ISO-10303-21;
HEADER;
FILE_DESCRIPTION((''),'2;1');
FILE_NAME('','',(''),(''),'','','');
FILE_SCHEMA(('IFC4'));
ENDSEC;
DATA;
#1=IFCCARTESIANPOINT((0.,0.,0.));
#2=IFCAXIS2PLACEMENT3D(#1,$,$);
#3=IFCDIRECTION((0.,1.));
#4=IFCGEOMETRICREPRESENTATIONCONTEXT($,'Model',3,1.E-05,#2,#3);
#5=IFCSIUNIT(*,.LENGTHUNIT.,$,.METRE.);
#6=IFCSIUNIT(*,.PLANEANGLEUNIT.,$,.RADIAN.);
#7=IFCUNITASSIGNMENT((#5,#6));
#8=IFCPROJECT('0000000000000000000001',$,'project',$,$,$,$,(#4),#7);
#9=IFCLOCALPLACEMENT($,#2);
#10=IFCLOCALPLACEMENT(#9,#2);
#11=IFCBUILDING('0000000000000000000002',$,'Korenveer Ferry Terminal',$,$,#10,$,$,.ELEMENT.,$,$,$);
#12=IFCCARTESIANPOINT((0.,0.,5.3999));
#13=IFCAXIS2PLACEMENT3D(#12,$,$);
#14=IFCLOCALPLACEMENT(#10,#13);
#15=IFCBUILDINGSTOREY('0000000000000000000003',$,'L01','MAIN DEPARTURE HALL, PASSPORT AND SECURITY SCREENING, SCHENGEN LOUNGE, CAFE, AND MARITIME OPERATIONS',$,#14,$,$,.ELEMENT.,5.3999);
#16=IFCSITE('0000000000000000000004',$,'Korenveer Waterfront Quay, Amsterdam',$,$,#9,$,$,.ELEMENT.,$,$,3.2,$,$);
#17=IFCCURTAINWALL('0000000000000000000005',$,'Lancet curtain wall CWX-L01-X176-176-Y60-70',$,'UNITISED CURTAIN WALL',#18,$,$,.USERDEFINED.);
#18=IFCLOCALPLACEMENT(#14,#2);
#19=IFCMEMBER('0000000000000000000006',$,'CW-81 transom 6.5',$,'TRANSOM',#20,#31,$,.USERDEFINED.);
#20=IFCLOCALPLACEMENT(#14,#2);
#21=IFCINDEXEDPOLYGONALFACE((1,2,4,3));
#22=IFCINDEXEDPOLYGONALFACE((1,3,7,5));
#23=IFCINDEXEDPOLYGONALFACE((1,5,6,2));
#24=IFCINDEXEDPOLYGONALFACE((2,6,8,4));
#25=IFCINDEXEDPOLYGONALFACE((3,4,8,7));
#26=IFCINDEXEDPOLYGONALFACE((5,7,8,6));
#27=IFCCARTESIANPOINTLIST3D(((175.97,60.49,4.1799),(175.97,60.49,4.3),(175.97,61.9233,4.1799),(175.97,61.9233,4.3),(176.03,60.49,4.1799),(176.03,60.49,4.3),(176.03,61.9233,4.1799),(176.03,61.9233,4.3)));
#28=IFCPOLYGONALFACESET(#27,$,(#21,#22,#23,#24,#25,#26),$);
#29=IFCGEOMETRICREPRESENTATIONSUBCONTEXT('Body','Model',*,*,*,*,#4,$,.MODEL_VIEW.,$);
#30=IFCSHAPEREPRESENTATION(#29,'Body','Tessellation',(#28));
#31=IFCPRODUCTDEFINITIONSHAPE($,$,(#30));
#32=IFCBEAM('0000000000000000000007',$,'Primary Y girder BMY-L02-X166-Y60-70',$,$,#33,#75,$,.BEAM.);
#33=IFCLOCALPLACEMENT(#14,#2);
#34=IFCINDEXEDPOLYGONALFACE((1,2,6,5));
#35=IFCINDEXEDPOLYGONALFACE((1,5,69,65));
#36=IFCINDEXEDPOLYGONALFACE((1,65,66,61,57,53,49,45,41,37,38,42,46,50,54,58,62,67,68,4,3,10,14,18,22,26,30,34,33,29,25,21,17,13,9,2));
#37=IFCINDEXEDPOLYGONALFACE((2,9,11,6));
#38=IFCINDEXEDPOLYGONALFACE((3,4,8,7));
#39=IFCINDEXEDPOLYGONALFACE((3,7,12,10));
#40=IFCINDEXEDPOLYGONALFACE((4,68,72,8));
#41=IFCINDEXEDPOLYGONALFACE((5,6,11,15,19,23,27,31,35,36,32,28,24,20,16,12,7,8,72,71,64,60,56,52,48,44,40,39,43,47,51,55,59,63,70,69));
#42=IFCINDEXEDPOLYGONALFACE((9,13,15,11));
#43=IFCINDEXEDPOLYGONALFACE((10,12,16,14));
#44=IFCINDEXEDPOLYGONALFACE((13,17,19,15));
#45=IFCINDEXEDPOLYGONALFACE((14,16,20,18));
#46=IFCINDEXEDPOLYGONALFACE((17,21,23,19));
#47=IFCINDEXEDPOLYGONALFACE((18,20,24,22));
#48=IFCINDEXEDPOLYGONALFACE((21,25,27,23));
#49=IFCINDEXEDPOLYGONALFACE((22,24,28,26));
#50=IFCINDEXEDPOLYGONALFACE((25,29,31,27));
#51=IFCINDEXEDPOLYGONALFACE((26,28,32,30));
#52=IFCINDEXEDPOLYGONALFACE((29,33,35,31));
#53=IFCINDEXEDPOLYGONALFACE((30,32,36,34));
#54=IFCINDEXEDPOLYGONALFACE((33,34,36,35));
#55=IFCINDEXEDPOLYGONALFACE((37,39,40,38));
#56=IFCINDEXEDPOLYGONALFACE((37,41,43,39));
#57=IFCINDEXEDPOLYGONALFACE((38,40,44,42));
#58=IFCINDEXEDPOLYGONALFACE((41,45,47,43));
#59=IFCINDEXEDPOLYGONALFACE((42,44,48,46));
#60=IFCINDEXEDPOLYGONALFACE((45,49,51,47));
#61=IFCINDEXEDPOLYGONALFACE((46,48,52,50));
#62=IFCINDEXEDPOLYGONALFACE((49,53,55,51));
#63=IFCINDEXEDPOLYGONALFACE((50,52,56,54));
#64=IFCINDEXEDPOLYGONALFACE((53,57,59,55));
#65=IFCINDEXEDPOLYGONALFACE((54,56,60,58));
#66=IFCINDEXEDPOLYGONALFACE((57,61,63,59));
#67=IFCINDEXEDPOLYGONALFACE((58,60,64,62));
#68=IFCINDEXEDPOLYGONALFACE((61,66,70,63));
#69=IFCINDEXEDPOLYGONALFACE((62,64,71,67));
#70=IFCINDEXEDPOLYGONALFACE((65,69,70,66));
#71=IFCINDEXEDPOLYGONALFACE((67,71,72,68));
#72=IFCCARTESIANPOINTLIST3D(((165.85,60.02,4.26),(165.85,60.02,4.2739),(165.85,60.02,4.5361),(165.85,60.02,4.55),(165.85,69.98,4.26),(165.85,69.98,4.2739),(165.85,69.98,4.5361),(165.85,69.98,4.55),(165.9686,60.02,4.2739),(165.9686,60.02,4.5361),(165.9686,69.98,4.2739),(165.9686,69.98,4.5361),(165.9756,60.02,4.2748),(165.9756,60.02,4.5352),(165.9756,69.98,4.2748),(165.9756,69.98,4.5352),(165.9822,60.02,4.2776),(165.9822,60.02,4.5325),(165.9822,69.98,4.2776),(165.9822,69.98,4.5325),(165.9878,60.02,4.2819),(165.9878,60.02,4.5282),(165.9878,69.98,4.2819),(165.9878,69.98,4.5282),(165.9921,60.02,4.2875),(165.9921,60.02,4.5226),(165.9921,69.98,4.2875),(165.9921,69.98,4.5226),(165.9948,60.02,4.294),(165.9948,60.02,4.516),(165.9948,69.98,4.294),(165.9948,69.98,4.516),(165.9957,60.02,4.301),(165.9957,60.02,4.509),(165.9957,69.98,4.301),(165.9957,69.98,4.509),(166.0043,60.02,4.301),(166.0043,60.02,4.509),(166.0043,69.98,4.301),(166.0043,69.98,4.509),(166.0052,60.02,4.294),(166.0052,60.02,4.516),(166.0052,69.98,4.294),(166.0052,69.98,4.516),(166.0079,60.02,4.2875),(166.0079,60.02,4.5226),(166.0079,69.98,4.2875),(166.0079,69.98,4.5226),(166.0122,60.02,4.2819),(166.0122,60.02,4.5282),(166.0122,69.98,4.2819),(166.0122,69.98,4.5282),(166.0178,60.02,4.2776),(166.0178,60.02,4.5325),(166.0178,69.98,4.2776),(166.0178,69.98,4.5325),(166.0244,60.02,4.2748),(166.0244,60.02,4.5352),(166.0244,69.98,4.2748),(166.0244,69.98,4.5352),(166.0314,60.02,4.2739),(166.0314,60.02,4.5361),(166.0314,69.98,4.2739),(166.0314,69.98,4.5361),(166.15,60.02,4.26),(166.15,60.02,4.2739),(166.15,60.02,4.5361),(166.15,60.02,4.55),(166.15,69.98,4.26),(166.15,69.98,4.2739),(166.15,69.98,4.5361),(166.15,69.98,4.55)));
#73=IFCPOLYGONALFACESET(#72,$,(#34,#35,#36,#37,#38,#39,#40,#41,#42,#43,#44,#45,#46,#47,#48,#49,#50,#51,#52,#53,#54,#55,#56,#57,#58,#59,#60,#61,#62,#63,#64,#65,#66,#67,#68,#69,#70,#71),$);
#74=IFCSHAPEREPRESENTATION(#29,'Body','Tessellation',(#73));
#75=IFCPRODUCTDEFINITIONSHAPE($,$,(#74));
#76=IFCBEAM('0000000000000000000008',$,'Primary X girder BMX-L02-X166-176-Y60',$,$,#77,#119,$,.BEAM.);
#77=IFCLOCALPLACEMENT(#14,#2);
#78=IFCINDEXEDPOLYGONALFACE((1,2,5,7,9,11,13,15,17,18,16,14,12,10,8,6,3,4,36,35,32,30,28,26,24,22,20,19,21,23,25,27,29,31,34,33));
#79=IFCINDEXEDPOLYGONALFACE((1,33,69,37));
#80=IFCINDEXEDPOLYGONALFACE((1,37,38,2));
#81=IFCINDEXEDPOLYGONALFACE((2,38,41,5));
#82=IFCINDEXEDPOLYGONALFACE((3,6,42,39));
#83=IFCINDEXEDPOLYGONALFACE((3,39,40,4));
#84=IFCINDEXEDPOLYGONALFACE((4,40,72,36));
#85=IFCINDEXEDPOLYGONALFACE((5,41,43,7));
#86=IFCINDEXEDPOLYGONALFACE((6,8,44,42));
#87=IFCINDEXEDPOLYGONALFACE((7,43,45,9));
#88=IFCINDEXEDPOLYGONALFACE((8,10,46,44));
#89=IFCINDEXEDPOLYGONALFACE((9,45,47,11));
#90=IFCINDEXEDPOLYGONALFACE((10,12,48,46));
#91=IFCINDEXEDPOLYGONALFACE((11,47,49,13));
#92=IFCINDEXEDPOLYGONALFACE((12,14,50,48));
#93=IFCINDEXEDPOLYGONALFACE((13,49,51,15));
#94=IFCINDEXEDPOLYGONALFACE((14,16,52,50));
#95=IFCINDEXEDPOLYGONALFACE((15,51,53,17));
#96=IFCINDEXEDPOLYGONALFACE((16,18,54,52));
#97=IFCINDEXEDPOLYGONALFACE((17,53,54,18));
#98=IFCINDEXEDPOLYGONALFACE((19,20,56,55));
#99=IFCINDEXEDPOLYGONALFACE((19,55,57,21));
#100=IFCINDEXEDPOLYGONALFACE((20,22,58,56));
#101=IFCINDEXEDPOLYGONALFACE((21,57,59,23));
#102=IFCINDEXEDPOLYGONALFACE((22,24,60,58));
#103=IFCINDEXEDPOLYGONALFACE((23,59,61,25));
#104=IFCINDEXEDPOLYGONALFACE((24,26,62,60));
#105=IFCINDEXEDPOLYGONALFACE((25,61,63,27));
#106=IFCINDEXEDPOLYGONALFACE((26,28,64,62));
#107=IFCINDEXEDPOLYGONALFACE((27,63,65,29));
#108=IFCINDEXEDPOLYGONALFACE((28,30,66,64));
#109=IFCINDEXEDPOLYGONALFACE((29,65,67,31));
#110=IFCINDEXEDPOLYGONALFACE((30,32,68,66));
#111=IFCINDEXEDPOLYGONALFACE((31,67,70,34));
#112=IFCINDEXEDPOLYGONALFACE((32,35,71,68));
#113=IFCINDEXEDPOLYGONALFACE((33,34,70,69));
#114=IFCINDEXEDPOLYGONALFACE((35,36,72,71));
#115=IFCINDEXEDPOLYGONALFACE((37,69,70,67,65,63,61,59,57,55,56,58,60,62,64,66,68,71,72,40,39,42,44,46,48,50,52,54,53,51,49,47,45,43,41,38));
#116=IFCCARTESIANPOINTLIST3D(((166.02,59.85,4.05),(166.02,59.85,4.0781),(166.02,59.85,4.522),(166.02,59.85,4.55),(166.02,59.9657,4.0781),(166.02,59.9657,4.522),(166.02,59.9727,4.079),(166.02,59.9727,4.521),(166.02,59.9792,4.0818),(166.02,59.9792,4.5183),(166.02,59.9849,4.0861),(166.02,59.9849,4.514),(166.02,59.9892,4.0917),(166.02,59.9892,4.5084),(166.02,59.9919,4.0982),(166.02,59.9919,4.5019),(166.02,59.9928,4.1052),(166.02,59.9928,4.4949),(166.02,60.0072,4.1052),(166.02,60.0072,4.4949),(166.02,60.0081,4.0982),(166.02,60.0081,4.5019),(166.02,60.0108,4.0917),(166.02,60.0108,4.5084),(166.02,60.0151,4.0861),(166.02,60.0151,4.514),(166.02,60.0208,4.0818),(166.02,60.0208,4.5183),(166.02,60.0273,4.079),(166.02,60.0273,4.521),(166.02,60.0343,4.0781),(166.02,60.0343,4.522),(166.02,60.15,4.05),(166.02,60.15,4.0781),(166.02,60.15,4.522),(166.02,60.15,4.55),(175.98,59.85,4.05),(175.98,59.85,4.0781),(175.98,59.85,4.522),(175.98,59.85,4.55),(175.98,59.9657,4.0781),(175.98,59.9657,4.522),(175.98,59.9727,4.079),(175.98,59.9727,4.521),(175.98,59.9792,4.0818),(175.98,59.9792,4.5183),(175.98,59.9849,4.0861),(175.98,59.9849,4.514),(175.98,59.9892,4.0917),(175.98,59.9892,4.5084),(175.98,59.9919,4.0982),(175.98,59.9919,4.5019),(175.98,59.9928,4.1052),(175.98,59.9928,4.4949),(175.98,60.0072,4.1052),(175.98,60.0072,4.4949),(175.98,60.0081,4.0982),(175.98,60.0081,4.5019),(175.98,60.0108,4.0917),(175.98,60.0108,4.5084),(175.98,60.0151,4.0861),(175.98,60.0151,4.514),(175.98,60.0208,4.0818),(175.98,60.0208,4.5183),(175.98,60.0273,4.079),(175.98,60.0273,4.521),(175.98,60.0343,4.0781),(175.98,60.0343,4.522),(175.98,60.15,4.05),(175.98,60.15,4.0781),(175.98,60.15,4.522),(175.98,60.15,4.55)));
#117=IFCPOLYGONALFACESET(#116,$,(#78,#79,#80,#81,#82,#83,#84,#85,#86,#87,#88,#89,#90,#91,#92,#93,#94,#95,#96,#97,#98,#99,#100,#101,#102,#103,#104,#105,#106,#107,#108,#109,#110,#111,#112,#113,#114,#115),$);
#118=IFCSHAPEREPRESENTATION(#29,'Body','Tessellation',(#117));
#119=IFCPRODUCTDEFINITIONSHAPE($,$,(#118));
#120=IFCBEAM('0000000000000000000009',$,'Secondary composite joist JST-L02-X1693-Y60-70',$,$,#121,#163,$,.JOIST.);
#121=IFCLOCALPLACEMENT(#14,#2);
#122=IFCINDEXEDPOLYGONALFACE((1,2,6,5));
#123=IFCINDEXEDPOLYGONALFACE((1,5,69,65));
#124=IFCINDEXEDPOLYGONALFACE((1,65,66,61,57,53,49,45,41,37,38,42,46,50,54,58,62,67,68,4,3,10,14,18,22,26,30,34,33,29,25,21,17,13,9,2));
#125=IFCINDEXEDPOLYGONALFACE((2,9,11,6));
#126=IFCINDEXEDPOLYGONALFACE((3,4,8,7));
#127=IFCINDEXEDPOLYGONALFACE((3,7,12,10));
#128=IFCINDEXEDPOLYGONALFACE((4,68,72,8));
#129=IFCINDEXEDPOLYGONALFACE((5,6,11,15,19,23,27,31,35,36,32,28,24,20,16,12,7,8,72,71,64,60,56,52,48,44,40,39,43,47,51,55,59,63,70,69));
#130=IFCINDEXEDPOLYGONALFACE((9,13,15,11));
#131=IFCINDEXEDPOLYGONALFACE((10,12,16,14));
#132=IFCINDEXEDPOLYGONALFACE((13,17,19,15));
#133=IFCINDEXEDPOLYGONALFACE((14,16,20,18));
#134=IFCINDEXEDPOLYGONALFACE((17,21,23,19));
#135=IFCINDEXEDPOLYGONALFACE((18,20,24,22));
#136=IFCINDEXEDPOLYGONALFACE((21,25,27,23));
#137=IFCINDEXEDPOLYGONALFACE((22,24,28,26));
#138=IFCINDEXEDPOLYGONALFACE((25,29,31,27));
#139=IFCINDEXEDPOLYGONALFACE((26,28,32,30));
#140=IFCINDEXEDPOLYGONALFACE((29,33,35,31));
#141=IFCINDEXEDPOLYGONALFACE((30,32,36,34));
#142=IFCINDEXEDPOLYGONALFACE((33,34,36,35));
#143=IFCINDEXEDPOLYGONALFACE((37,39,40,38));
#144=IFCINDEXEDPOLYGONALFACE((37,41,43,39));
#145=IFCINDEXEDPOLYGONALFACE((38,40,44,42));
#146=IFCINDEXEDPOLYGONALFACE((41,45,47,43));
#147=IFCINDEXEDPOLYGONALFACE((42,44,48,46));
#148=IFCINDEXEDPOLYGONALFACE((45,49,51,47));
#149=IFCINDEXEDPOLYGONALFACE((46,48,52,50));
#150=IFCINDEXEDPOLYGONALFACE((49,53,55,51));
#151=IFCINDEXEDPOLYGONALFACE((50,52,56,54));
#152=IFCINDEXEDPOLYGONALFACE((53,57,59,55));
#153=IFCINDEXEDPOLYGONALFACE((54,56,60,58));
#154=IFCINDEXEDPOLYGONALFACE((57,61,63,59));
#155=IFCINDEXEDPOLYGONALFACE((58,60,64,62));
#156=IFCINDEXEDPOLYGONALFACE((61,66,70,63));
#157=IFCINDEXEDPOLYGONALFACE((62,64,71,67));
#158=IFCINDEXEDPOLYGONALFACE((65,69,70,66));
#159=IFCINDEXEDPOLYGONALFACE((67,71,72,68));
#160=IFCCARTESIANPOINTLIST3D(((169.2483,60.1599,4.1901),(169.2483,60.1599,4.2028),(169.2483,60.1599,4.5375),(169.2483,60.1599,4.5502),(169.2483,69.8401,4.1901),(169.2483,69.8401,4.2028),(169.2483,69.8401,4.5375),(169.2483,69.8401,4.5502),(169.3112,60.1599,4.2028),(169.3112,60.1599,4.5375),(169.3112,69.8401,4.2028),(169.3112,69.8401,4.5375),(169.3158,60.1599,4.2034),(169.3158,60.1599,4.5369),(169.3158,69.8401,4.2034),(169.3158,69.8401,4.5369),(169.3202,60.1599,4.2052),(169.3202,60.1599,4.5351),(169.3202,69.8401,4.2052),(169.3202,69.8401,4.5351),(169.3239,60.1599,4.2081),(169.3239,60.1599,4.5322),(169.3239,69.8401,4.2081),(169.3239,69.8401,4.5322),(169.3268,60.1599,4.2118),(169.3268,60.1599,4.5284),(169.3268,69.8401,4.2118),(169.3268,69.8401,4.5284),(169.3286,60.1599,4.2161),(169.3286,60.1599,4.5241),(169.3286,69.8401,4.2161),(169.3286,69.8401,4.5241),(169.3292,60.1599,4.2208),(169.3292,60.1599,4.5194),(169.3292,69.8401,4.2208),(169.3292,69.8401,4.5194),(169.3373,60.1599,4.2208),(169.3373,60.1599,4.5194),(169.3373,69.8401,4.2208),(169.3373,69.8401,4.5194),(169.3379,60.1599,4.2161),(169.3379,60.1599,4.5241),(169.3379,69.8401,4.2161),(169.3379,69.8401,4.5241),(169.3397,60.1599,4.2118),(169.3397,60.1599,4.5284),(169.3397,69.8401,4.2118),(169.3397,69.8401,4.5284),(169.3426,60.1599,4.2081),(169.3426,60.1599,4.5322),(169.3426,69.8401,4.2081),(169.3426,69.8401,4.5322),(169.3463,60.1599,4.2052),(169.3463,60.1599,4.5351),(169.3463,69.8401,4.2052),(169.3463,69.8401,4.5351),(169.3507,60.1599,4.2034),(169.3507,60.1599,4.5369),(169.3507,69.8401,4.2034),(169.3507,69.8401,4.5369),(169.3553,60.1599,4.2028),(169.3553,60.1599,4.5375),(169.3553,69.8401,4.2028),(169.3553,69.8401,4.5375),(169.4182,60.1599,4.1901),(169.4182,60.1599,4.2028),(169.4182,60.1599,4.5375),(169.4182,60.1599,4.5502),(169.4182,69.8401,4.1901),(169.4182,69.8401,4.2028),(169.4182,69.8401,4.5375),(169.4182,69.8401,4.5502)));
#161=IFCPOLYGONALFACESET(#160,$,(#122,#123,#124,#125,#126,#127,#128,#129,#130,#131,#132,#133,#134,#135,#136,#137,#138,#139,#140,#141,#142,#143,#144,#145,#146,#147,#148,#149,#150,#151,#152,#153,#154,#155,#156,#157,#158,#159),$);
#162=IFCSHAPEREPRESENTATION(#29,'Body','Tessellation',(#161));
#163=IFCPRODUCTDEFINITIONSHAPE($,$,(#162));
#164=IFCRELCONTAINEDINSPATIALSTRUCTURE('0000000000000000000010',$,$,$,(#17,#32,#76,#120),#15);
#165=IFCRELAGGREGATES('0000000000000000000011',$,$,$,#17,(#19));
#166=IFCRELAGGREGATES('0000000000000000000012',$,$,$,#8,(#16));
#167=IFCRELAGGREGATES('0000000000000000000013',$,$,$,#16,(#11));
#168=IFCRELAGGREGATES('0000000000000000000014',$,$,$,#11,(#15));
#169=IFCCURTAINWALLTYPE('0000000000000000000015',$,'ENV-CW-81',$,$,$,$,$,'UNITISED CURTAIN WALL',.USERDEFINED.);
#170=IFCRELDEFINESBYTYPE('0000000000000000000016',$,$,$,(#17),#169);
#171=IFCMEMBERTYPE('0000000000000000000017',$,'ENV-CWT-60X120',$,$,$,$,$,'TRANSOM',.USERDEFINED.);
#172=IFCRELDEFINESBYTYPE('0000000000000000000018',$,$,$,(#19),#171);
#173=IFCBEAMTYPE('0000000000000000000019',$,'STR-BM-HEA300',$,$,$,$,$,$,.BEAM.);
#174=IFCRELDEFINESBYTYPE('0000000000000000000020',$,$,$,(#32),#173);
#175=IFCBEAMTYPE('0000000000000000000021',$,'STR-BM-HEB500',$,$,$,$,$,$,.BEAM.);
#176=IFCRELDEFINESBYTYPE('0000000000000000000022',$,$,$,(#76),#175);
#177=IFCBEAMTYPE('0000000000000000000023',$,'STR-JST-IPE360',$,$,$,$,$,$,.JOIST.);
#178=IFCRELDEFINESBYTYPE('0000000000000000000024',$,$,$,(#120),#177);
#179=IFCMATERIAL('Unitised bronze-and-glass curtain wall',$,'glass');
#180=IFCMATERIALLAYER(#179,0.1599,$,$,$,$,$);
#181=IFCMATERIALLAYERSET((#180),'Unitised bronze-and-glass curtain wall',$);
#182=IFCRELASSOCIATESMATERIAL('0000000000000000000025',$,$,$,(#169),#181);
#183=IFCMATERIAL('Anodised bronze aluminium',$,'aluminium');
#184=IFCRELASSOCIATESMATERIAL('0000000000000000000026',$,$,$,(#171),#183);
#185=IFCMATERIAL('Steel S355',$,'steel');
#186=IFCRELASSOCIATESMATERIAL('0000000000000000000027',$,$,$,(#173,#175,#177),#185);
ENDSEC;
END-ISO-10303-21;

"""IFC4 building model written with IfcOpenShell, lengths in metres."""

from ifc_helpers import new_model, si_unit, direction, frame, origin, origin_2d, place, context, subcontext, project, spatial, rectangle, i_section, extrude, material, layer, layer_set, material_profile, profile_set, type_object, element, aggregate, save


model = new_model("IFC4")

# Units and contexts
model_context = context("Model", 3, precision=1e-05, world=origin(), true_north=direction((0.0, 1.0)))
body_context = subcontext(model_context, "Body", "Model", "MODEL_VIEW")
ifc_project = project(units=[si_unit("LENGTHUNIT", "METRE"), si_unit("PLANEANGLEUNIT", "RADIAN")], contexts=[model_context])

# Site, building, storey
site_placement = place(None, origin())
site = spatial("IfcSite", under=ifc_project, at=site_placement, Name="Korenveer Waterfront Quay, Amsterdam", CompositionType="ELEMENT", RefElevation=3.2)
building_placement = place(site_placement, origin())
building = spatial("IfcBuilding", under=site, at=building_placement, Name="Korenveer Ferry Terminal", CompositionType="ELEMENT")
storey_placement = place(building_placement, frame((0.0, 0.0, 5.3999)))
storey = spatial("IfcBuildingStorey", under=building, at=storey_placement, Name="L01", Description="MAIN DEPARTURE HALL, PASSPORT AND SECURITY SCREENING, SCHENGEN LOUNGE, CAFE, AND MARITIME OPERATIONS", CompositionType="ELEMENT", Elevation=5.3999)

# Curtain wall
ifc_material_1 = material(Name="Unitised bronze-and-glass curtain wall", Category="glass")
ifc_material_2 = material(Name="Anodised bronze aluminium", Category="aluminium")
ifc_layer_1 = layer(ifc_material_1, 0.1599)
ifc_layer_set_1 = layer_set([ifc_layer_1], Name="Unitised bronze-and-glass curtain wall")
curtain_wall_type_1 = type_object("IfcCurtainWallType", Name="ENV-CW-81", ElementType="UNITISED CURTAIN WALL", PredefinedType="USERDEFINED", material=ifc_layer_set_1)
curtain_wall_1_placement = place(storey_placement, frame((176.0, 69.5701, 0.0)))
curtain_wall_1 = element("IfcCurtainWall", 1, at=curtain_wall_1_placement, inside=storey, type_object=curtain_wall_type_1, Name="Lancet curtain wall CWX-L01-X176-176-Y60-70", ObjectType="UNITISED CURTAIN WALL", PredefinedType="USERDEFINED")

# Member
ifc_material_profile_1 = material_profile(ifc_material_2, rectangle(XDim=0.0601, YDim=0.1201, at=origin_2d()), Name="ALU 60x120")
ifc_profile_set_1 = profile_set([ifc_material_profile_1], Name="Anodised bronze aluminium")
member_type_1 = type_object("IfcMemberType", Name="ENV-CWT-60X120", ElementType="TRANSOM", PredefinedType="USERDEFINED", material=ifc_profile_set_1)
member_1_placement = place(storey_placement, frame((176.0, 61.9233, 4.24), z_axis=(0.0, -1.0, 0.0), x_axis=(1.0, 0.0, 0.0)))
member_1 = element("IfcMember", 2, at=member_1_placement, type_object=member_type_1, Name="CW-81 transom 6.5", ObjectType="TRANSOM", PredefinedType="USERDEFINED", context=body_context, shape_type="SweptSolid", body=[
    extrude(rectangle(XDim=0.0601, YDim=0.1201, at=origin_2d()), origin(), (0.0, 0.0, 1.0), 1.4333),
])

# Beams
ifc_material_3 = material(Name="Steel S355", Category="steel")
ifc_material_profile_2 = material_profile(ifc_material_3, i_section(OverallWidth=0.3, OverallDepth=0.29, WebThickness=0.0085, FlangeThickness=0.0139, FilletRadius=0.0271, at=origin_2d()), Name="HEA 300")
ifc_profile_set_2 = profile_set([ifc_material_profile_2], Name="Steel S355")
beam_type_1 = type_object("IfcBeamType", Name="STR-BM-HEA300", PredefinedType="BEAM", material=ifc_profile_set_2)
beam_1_placement = place(storey_placement, frame((166.0, 60.02, 4.405), z_axis=(0.0, 1.0, 0.0), x_axis=(-1.0, 0.0, 0.0)))
element("IfcBeam", 3, at=beam_1_placement, inside=storey, type_object=beam_type_1, Name="Primary Y girder BMY-L02-X166-Y60-70", PredefinedType="BEAM", context=body_context, shape_type="SweptSolid", body=[
    extrude(i_section(OverallWidth=0.3, OverallDepth=0.29, WebThickness=0.0085, FlangeThickness=0.0139, FilletRadius=0.0271, at=origin_2d()), origin(), (0.0, 0.0, 1.0), 9.96),
])
ifc_material_profile_3 = material_profile(ifc_material_3, i_section(OverallWidth=0.3, OverallDepth=0.5, WebThickness=0.0144, FlangeThickness=0.0281, FilletRadius=0.0271, at=origin_2d()), Name="HEB 500")
ifc_profile_set_3 = profile_set([ifc_material_profile_3], Name="Steel S355")
beam_type_2 = type_object("IfcBeamType", Name="STR-BM-HEB500", PredefinedType="BEAM", material=ifc_profile_set_3)
beam_2_placement = place(storey_placement, frame((166.02, 60.0, 4.3), z_axis=(1.0, 0.0, 0.0), x_axis=(0.0, 1.0, 0.0)))
element("IfcBeam", 4, at=beam_2_placement, inside=storey, type_object=beam_type_2, Name="Primary X girder BMX-L02-X166-176-Y60", PredefinedType="BEAM", context=body_context, shape_type="SweptSolid", body=[
    extrude(i_section(OverallWidth=0.3, OverallDepth=0.5, WebThickness=0.0144, FlangeThickness=0.0281, FilletRadius=0.0271, at=origin_2d()), origin(), (0.0, 0.0, 1.0), 9.96),
])
ifc_material_profile_4 = material_profile(ifc_material_3, i_section(OverallWidth=0.1699, OverallDepth=0.3601, WebThickness=0.0081, FlangeThickness=0.0127, FilletRadius=0.0181, at=origin_2d()), Name="IPE 360")
ifc_profile_set_4 = profile_set([ifc_material_profile_4], Name="Steel S355")
beam_type_3 = type_object("IfcBeamType", Name="STR-JST-IPE360", PredefinedType="JOIST", material=ifc_profile_set_4)
for number, where, z_axis, x_axis, name in (
    (5, (169.3333, 60.1599, 4.3701), (0.0, 1.0, 0.0), (-1.0, 0.0, 0.0), "Secondary composite joist JST-L02-X1693-Y60-70"),
):
    element("IfcBeam", number, at=place(storey_placement, frame(where, z_axis=z_axis, x_axis=x_axis)), inside=storey, type_object=beam_type_3, Name=name, PredefinedType="JOIST", context=body_context, shape_type="SweptSolid", body=[
        extrude(i_section(OverallWidth=0.1699, OverallDepth=0.3601, WebThickness=0.0081, FlangeThickness=0.0127, FilletRadius=0.0181, at=origin_2d()), origin(), (0.0, 0.0, 1.0), 9.6802),
    ])

aggregate(curtain_wall_1, [member_1])

save(model, "model.ifc")
